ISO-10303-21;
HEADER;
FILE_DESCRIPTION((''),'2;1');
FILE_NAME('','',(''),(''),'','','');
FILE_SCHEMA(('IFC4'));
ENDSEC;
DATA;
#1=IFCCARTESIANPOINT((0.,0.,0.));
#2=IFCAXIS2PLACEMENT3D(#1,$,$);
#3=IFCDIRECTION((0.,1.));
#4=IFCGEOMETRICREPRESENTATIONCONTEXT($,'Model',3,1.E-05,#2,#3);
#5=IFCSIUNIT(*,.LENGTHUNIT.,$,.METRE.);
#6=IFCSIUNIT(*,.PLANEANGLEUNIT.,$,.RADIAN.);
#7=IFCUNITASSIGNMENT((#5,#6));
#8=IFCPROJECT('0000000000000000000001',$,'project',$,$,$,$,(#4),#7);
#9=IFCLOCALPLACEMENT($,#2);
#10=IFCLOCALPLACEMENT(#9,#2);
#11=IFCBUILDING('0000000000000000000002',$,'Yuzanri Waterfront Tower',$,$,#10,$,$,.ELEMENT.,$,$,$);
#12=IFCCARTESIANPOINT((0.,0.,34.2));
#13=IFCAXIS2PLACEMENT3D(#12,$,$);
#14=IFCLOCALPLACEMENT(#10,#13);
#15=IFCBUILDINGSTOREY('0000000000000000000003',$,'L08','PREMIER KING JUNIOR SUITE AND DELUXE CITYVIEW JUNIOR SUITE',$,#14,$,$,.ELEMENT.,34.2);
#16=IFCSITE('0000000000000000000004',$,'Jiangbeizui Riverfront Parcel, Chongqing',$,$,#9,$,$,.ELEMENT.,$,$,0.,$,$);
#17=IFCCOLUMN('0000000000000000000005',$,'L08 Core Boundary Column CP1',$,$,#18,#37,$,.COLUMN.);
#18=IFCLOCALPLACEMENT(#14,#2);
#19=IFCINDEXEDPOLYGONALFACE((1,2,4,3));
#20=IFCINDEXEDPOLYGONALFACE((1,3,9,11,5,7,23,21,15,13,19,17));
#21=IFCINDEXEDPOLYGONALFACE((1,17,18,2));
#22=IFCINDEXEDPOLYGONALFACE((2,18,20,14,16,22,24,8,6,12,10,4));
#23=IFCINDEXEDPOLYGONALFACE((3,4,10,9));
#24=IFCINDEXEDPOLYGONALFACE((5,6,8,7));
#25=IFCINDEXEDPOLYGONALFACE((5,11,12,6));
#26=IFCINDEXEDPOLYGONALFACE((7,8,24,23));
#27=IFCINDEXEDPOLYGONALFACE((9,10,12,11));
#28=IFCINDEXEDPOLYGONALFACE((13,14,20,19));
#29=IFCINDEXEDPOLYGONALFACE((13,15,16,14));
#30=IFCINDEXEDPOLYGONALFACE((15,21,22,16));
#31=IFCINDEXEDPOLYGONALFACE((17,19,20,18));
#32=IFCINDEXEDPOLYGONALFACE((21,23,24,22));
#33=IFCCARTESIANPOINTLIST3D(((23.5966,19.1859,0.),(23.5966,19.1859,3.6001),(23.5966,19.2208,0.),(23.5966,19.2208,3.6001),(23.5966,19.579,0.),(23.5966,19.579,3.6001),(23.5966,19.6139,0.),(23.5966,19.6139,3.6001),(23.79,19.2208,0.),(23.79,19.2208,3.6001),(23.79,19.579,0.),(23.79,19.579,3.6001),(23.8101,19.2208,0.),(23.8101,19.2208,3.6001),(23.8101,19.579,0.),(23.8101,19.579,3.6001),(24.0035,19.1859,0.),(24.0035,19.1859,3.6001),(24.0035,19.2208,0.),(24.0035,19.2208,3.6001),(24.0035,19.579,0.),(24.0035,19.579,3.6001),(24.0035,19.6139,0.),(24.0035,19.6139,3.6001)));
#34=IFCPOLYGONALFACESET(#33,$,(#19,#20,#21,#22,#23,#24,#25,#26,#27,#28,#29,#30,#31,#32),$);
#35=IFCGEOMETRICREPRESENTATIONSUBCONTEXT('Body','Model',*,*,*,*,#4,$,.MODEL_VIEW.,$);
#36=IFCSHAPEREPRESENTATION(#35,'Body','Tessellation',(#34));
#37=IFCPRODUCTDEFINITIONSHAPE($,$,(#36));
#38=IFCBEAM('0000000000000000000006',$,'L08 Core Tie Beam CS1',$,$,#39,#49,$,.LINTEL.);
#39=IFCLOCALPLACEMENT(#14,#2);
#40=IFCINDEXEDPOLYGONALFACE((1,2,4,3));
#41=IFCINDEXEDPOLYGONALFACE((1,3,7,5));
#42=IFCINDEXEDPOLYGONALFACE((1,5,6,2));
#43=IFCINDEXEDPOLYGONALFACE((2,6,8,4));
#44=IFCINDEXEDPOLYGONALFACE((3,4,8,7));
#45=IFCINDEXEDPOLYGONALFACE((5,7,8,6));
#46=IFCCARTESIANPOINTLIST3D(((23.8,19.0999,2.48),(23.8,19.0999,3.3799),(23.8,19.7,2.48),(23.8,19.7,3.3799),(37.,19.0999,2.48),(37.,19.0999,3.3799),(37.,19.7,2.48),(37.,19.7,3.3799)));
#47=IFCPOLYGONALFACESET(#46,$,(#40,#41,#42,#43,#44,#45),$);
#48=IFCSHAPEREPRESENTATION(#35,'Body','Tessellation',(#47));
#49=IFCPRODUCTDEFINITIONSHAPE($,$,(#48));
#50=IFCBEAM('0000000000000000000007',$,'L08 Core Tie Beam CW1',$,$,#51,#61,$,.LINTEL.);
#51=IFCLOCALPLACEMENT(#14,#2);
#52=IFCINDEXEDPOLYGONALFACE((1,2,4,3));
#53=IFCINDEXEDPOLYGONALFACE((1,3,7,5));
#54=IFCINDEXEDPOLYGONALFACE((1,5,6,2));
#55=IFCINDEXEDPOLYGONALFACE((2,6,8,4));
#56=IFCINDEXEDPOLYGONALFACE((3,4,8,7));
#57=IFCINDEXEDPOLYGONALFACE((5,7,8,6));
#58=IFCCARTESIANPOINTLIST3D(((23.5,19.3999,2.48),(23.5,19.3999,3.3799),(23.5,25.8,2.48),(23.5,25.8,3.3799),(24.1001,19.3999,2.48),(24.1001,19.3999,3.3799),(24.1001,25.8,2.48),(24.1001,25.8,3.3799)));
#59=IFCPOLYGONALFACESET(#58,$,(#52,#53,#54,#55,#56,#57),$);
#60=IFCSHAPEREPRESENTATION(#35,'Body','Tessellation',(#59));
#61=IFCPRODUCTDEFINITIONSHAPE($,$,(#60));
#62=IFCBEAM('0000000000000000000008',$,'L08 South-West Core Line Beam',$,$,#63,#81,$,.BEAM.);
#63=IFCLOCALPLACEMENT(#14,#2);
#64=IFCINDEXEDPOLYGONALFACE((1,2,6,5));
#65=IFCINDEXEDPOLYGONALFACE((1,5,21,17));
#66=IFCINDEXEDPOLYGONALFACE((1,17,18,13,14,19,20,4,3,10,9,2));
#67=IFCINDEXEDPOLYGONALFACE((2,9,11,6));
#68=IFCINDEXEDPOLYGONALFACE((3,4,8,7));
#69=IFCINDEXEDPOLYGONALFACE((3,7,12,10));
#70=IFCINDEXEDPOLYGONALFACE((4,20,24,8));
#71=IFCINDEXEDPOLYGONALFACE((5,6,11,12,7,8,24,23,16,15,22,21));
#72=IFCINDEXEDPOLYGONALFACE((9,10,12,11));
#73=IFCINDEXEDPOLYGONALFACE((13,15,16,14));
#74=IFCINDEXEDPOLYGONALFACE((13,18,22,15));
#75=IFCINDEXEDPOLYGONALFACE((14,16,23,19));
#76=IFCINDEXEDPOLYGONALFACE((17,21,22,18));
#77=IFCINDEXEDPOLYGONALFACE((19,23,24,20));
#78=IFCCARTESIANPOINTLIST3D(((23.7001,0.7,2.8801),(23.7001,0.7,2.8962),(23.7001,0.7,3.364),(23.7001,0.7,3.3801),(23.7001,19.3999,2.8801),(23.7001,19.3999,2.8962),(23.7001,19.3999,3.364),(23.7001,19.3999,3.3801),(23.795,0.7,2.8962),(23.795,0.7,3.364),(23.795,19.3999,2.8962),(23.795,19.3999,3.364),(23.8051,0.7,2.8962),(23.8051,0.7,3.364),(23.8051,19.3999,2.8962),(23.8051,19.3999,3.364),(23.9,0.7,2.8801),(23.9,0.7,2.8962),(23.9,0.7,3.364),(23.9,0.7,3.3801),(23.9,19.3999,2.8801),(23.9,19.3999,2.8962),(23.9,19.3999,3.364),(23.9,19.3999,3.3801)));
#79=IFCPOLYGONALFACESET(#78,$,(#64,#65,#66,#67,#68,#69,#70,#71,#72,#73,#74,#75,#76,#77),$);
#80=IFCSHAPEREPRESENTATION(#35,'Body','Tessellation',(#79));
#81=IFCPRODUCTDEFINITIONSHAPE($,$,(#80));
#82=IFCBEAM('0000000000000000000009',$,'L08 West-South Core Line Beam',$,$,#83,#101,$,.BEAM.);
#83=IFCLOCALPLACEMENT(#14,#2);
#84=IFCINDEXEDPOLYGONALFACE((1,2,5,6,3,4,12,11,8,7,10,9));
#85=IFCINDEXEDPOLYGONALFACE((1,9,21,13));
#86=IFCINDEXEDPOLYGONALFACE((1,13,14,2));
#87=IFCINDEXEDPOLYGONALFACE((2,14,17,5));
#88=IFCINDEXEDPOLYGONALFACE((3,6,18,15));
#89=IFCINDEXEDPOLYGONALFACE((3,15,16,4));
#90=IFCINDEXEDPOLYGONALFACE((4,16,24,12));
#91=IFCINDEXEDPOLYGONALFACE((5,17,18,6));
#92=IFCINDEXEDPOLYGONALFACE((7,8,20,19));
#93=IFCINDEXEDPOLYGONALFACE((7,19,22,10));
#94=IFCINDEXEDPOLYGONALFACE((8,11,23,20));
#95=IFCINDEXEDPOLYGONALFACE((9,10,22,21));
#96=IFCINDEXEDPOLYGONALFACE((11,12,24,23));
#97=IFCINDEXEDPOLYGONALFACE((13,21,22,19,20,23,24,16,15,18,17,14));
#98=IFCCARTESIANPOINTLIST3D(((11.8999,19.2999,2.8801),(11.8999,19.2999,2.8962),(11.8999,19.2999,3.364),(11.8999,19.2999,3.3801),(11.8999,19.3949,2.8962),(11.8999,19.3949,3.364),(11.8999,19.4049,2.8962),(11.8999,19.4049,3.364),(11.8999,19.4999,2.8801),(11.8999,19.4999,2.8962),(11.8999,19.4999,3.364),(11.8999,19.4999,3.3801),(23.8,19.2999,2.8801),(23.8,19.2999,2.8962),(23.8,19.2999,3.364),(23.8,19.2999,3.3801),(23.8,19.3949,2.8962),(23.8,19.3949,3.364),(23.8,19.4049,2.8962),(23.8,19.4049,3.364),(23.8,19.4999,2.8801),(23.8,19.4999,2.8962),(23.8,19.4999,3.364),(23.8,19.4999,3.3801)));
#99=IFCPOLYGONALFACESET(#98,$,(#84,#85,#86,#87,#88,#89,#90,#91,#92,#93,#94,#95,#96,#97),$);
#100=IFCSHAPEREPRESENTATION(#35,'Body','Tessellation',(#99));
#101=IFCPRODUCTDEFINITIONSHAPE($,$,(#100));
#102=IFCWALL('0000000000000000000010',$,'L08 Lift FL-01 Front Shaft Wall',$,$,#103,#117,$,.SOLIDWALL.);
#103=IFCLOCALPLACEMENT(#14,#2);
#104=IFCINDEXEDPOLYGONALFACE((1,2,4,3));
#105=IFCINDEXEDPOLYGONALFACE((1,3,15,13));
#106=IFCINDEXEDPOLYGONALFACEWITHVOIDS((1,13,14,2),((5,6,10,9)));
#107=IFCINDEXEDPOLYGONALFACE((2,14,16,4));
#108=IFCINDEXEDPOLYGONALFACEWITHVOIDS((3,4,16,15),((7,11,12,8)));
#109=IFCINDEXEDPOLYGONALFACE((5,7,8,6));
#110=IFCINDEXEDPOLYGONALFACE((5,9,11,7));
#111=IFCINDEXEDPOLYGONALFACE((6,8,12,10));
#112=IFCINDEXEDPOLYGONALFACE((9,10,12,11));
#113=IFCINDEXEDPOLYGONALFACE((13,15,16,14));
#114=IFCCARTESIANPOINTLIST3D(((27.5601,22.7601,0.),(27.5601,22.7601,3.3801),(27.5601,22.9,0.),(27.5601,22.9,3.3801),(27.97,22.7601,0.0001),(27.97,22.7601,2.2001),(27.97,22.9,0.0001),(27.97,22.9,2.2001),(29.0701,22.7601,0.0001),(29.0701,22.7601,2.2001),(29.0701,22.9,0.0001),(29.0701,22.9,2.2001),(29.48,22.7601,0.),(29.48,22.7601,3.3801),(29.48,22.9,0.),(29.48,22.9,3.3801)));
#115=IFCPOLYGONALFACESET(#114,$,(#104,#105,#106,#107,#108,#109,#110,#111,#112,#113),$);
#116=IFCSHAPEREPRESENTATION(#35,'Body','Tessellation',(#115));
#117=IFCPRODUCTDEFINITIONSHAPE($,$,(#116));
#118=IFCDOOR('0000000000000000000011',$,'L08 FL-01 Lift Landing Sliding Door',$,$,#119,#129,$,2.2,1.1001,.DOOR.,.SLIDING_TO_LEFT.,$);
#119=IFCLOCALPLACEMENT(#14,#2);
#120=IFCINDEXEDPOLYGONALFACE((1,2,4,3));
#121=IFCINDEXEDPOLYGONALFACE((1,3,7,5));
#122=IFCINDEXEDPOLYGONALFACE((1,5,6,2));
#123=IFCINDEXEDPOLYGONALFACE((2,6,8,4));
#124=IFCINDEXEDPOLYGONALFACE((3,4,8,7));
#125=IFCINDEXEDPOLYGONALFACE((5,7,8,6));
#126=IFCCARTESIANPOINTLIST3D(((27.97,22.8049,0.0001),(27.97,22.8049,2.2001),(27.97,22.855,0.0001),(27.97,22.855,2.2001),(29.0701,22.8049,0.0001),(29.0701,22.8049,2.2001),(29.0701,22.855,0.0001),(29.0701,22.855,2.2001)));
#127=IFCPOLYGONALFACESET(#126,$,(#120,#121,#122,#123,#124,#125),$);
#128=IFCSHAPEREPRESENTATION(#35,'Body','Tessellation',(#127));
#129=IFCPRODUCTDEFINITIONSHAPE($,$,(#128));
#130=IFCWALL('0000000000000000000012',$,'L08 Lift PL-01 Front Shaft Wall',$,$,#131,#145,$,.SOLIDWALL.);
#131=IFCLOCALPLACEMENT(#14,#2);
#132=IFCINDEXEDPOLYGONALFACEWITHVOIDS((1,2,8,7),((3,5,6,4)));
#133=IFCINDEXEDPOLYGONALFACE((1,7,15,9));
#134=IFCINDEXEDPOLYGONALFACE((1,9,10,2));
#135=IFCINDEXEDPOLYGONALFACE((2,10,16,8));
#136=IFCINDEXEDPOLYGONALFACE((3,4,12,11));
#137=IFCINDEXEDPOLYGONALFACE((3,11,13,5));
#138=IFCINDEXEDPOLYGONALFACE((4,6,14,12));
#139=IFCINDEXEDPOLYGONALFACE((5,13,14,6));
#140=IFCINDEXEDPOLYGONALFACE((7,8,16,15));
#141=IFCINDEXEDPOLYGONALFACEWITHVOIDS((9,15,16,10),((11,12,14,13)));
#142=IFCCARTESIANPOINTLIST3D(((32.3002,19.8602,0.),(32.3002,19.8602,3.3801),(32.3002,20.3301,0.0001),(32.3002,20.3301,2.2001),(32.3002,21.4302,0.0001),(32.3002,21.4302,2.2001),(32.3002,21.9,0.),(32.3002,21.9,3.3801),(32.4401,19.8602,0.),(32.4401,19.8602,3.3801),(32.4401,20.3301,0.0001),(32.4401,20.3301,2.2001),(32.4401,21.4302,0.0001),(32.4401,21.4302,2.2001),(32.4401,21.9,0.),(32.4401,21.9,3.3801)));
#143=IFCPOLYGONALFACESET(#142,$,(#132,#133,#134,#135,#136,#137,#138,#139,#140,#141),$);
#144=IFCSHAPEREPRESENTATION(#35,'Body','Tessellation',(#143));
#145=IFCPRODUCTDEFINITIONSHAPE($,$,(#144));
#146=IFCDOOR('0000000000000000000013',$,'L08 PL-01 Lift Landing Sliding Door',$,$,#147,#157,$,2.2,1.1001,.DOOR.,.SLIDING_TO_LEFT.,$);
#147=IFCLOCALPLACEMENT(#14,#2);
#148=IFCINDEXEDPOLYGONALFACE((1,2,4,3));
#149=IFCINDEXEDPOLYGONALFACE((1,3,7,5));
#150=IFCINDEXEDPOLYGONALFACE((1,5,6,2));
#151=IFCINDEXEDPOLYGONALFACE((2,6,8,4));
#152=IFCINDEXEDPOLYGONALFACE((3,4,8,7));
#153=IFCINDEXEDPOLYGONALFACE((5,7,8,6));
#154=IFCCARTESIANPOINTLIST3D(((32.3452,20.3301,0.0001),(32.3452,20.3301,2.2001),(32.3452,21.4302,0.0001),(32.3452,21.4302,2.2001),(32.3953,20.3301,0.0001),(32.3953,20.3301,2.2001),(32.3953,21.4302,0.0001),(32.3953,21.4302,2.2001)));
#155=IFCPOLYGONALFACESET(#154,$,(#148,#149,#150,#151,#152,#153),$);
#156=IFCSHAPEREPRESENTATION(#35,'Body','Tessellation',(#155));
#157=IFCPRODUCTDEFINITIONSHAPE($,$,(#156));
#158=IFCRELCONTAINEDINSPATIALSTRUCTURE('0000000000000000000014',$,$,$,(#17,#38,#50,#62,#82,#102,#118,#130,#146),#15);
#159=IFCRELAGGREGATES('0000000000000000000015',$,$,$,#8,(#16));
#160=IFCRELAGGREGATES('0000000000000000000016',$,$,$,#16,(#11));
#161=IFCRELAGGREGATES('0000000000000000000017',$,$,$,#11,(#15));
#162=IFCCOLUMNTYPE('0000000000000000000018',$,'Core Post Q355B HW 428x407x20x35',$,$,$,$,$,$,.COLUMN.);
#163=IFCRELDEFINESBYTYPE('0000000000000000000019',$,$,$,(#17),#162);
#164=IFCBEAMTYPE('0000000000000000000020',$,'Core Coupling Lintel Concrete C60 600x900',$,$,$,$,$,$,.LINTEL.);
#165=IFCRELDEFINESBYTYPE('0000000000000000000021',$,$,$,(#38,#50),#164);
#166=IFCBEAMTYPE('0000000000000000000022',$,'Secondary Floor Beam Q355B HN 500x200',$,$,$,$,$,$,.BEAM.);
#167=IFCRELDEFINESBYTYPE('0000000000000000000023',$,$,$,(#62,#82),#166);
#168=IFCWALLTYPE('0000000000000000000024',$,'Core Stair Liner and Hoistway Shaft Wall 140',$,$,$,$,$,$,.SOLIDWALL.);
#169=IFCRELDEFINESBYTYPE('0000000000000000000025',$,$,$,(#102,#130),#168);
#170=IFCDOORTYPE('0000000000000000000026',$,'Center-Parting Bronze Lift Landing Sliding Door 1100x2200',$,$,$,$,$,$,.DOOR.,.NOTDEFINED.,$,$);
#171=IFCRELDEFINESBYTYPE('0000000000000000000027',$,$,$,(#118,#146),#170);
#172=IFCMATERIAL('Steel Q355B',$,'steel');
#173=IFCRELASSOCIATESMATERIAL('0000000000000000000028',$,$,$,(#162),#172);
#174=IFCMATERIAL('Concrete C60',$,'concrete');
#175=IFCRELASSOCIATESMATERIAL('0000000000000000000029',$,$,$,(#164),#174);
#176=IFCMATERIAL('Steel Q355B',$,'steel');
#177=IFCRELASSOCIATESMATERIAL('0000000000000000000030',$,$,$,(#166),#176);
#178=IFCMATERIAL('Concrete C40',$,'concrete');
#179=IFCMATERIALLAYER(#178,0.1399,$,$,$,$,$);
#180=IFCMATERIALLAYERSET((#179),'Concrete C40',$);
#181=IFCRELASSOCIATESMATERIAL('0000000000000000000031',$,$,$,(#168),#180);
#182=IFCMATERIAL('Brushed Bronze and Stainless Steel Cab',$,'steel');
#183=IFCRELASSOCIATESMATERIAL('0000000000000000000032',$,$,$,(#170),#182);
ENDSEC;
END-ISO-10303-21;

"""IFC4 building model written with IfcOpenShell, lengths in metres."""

from ifc_helpers import new_model, si_unit, direction, frame, frame_2d, origin, origin_2d, place, context, subcontext, project, spatial, rectangle, i_section, extrude, source, transform, mapped, material, layer, layer_set, material_profile, profile_set, type_object, element, fill, save


model = new_model("IFC4")

# Units and contexts
model_context = context("Model", 3, precision=1e-05, world=origin(), true_north=direction((0.0, 1.0)))
body_context = subcontext(model_context, "Body", "Model", "MODEL_VIEW")
ifc_project = project(units=[si_unit("LENGTHUNIT", "METRE"), si_unit("PLANEANGLEUNIT", "RADIAN")], contexts=[model_context])

# Site, building, storey
site_placement = place(None, origin())
site = spatial("IfcSite", under=ifc_project, at=site_placement, Name="Jiangbeizui Riverfront Parcel, Chongqing", CompositionType="ELEMENT", RefElevation=0.0)
building_placement = place(site_placement, origin())
building = spatial("IfcBuilding", under=site, at=building_placement, Name="Yuzanri Waterfront Tower", CompositionType="ELEMENT")
storey_placement = place(building_placement, frame((0.0, 0.0, 34.2)))
storey = spatial("IfcBuildingStorey", under=building, at=storey_placement, Name="L08", Description="PREMIER KING JUNIOR SUITE AND DELUXE CITYVIEW JUNIOR SUITE", CompositionType="ELEMENT", Elevation=34.2)

# Column
ifc_material_1 = material(Name="Steel Q355B", Category="steel")
ifc_material_profile_1 = material_profile(ifc_material_1, i_section(OverallWidth=0.407, OverallDepth=0.428, WebThickness=0.02, FlangeThickness=0.0349, at=origin_2d()), Name="HW 428x407x20x35")
ifc_profile_set_1 = profile_set([ifc_material_profile_1], Name="Steel Q355B")
column_type = type_object("IfcColumnType", Name="Core Post Q355B HW 428x407x20x35", PredefinedType="COLUMN", material=ifc_profile_set_1)
shared_shape_1 = source(origin(), body_context, "Body", "SweptSolid", [
    extrude(i_section(OverallWidth=0.407, OverallDepth=0.428, WebThickness=0.02, FlangeThickness=0.0349, at=origin_2d()), origin(), (0.0, 0.0, 1.0), 3.6001),
])
column_placement = place(storey_placement, frame((23.8, 19.3999, 0.0), z_axis=(0.0, 0.0, 1.0), x_axis=(1.0, 0.0, 0.0)))
element("IfcColumn", 1, at=column_placement, inside=storey, type_object=column_type, Name="L08 Core Boundary Column CP1", PredefinedType="COLUMN", context=body_context, shape_type="MappedRepresentation", body=[
    mapped(shared_shape_1, transform((0.0, 0.0, 0.0), scale=1.0)),
])

# Beams
ifc_material_2 = material(Name="Concrete C60", Category="concrete")
ifc_material_profile_2 = material_profile(ifc_material_2, rectangle(XDim=0.6001, YDim=0.8999, at=origin_2d()), Name="RC 600x900")
ifc_profile_set_2 = profile_set([ifc_material_profile_2], Name="Concrete C60")
beam_type_1 = type_object("IfcBeamType", Name="Core Coupling Lintel Concrete C60 600x900", PredefinedType="LINTEL", material=ifc_profile_set_2)
shared_shape_2 = source(origin(), body_context, "Body", "SweptSolid", [
    extrude(rectangle(XDim=0.6001, YDim=0.8999, at=origin_2d()), origin(), (0.0, 0.0, 1.0), 13.2),
])
beam_1_placement = place(storey_placement, frame((23.8, 19.3999, 2.9299), z_axis=(1.0, 0.0, 0.0), x_axis=(0.0, 1.0, 0.0)))
element("IfcBeam", 2, at=beam_1_placement, inside=storey, type_object=beam_type_1, Name="L08 Core Tie Beam CS1", PredefinedType="LINTEL", context=body_context, shape_type="MappedRepresentation", body=[
    mapped(shared_shape_2, transform((0.0, 0.0, 0.0), scale=1.0)),
])
shared_shape_3 = source(origin(), body_context, "Body", "SweptSolid", [
    extrude(rectangle(XDim=0.6001, YDim=0.8999, at=origin_2d()), origin(), (0.0, 0.0, 1.0), 6.4001),
])
beam_2_placement = place(storey_placement, frame((23.8, 19.3999, 2.9299), z_axis=(0.0, 1.0, 0.0), x_axis=(-1.0, 0.0, 0.0)))
element("IfcBeam", 3, at=beam_2_placement, inside=storey, type_object=beam_type_1, Name="L08 Core Tie Beam CW1", PredefinedType="LINTEL", context=body_context, shape_type="MappedRepresentation", body=[
    mapped(shared_shape_3, transform((0.0, 0.0, 0.0), scale=1.0)),
])
ifc_material_3 = material(Name="Steel Q355B", Category="steel")
ifc_material_profile_3 = material_profile(ifc_material_3, i_section(OverallWidth=0.2, OverallDepth=0.5, WebThickness=0.01, FlangeThickness=0.0161, at=origin_2d()), Name="HN 500x200x10x16")
ifc_profile_set_3 = profile_set([ifc_material_profile_3], Name="Steel Q355B")
beam_type_2 = type_object("IfcBeamType", Name="Secondary Floor Beam Q355B HN 500x200", PredefinedType="BEAM", material=ifc_profile_set_3)
shared_shape_4 = source(origin(), body_context, "Body", "SweptSolid", [
    extrude(i_section(OverallWidth=0.2, OverallDepth=0.5, WebThickness=0.01, FlangeThickness=0.0161, at=origin_2d()), origin(), (0.0, 0.0, 1.0), 18.7),
])
beam_3_placement = place(storey_placement, frame((23.8, 19.3999, 3.1301), z_axis=(0.0, -1.0, 0.0), x_axis=(1.0, 0.0, 0.0)))
element("IfcBeam", 4, at=beam_3_placement, inside=storey, type_object=beam_type_2, Name="L08 South-West Core Line Beam", PredefinedType="BEAM", context=body_context, shape_type="MappedRepresentation", body=[
    mapped(shared_shape_4, transform((0.0, 0.0, 0.0), scale=1.0)),
])
shared_shape_5 = source(origin(), body_context, "Body", "SweptSolid", [
    extrude(i_section(OverallWidth=0.2, OverallDepth=0.5, WebThickness=0.01, FlangeThickness=0.0161, at=origin_2d()), origin(), (0.0, 0.0, 1.0), 11.9001),
])
beam_4_placement = place(storey_placement, frame((23.8, 19.3999, 3.1301), z_axis=(-1.0, 0.0, 0.0), x_axis=(0.0, -1.0, 0.0)))
element("IfcBeam", 5, at=beam_4_placement, inside=storey, type_object=beam_type_2, Name="L08 West-South Core Line Beam", PredefinedType="BEAM", context=body_context, shape_type="MappedRepresentation", body=[
    mapped(shared_shape_5, transform((0.0, 0.0, 0.0), scale=1.0)),
])

# Walls, openings, doors
ifc_material_4 = material(Name="Concrete C40", Category="concrete")
ifc_layer_1 = layer(ifc_material_4, 0.1399)
ifc_layer_set_1 = layer_set([ifc_layer_1], Name="Concrete C40")
wall_type_1 = type_object("IfcWallType", Name="Core Stair Liner and Hoistway Shaft Wall 140", PredefinedType="SOLIDWALL", material=ifc_layer_set_1)
wall_1_placement = place(storey_placement, frame((27.5601, 22.8301, 0.0), z_axis=(0.0, 0.0, 1.0), x_axis=(1.0, 0.0, 0.0)))
wall_1 = element("IfcWall", 6, at=wall_1_placement, inside=storey, type_object=wall_type_1, Name="L08 Lift FL-01 Front Shaft Wall", PredefinedType="SOLIDWALL", context=body_context, shape_type="SweptSolid", body=[
    extrude(rectangle(XDim=1.9199, YDim=0.1399, at=frame_2d((0.96, 0.0))), origin(), (0.0, 0.0, 1.0), 3.3801),
])
opening_1_placement = place(wall_1_placement, frame((0.4099, 0.0, 0.0)))
opening_1 = element("IfcOpeningElement", 7, at=opening_1_placement, cuts=wall_1, PredefinedType="OPENING", context=body_context, shape_type="SweptSolid", body=[
    extrude(rectangle(XDim=1.1001, YDim=2.2, at=frame_2d((0.55, 1.1001))), frame((0.0, 0.085, 0.0), z_axis=(0.0, -1.0, 0.0), x_axis=(1.0, 0.0, 0.0)), (0.0, 0.0, 1.0), 0.1697),
])
ifc_material_5 = material(Name="Brushed Bronze and Stainless Steel Cab", Category="steel")
door_type_1 = type_object("IfcDoorType", Name="Center-Parting Bronze Lift Landing Sliding Door 1100x2200", OperationType="NOTDEFINED", PredefinedType="DOOR", material=ifc_material_5)
shared_shape_6 = source(origin(), body_context, "Body", "SweptSolid", [
    extrude(rectangle(XDim=1.1001, YDim=2.2, at=frame_2d((0.55, 1.1001))), frame((0.0, 0.0249, 0.0), z_axis=(0.0, -1.0, 0.0), x_axis=(1.0, 0.0, 0.0)), (0.0, 0.0, 1.0), 0.05),
])
door_1_placement = place(opening_1_placement, origin())
door_1 = element("IfcDoor", 8, at=door_1_placement, inside=storey, type_object=door_type_1, Name="L08 FL-01 Lift Landing Sliding Door", OperationType="SLIDING_TO_LEFT", OverallHeight=2.2, OverallWidth=1.1001, PredefinedType="DOOR", context=body_context, shape_type="MappedRepresentation", body=[
    mapped(shared_shape_6, transform((0.0, 0.0, 0.0), scale=1.0)),
])
fill(opening_1, door_1)
wall_2_placement = place(storey_placement, frame((32.3701, 19.8601, 0.0), z_axis=(0.0, 0.0, 1.0), x_axis=(0.0, 1.0, 0.0)))
wall_2 = element("IfcWall", 9, at=wall_2_placement, inside=storey, type_object=wall_type_1, Name="L08 Lift PL-01 Front Shaft Wall", PredefinedType="SOLIDWALL", context=body_context, shape_type="SweptSolid", body=[
    extrude(rectangle(XDim=2.0398, YDim=0.1399, at=frame_2d((1.02, 0.0))), origin(), (0.0, 0.0, 1.0), 3.3801),
])
opening_2_placement = place(wall_2_placement, frame((0.47, 0.0, 0.0)))
opening_2 = element("IfcOpeningElement", 10, at=opening_2_placement, cuts=wall_2, PredefinedType="OPENING", context=body_context, shape_type="SweptSolid", body=[
    extrude(rectangle(XDim=1.1001, YDim=2.2, at=frame_2d((0.55, 1.1001))), frame((0.0, 0.085, 0.0), z_axis=(0.0, -1.0, 0.0), x_axis=(1.0, 0.0, 0.0)), (0.0, 0.0, 1.0), 0.1697),
])
door_2_placement = place(opening_2_placement, origin())
door_2 = element("IfcDoor", 11, at=door_2_placement, inside=storey, type_object=door_type_1, Name="L08 PL-01 Lift Landing Sliding Door", OperationType="SLIDING_TO_LEFT", OverallHeight=2.2, OverallWidth=1.1001, PredefinedType="DOOR", context=body_context, shape_type="MappedRepresentation", body=[
    mapped(shared_shape_6, transform((0.0, 0.0, 0.0), scale=1.0)),
])
fill(opening_2, door_2)

save(model, "model.ifc")
